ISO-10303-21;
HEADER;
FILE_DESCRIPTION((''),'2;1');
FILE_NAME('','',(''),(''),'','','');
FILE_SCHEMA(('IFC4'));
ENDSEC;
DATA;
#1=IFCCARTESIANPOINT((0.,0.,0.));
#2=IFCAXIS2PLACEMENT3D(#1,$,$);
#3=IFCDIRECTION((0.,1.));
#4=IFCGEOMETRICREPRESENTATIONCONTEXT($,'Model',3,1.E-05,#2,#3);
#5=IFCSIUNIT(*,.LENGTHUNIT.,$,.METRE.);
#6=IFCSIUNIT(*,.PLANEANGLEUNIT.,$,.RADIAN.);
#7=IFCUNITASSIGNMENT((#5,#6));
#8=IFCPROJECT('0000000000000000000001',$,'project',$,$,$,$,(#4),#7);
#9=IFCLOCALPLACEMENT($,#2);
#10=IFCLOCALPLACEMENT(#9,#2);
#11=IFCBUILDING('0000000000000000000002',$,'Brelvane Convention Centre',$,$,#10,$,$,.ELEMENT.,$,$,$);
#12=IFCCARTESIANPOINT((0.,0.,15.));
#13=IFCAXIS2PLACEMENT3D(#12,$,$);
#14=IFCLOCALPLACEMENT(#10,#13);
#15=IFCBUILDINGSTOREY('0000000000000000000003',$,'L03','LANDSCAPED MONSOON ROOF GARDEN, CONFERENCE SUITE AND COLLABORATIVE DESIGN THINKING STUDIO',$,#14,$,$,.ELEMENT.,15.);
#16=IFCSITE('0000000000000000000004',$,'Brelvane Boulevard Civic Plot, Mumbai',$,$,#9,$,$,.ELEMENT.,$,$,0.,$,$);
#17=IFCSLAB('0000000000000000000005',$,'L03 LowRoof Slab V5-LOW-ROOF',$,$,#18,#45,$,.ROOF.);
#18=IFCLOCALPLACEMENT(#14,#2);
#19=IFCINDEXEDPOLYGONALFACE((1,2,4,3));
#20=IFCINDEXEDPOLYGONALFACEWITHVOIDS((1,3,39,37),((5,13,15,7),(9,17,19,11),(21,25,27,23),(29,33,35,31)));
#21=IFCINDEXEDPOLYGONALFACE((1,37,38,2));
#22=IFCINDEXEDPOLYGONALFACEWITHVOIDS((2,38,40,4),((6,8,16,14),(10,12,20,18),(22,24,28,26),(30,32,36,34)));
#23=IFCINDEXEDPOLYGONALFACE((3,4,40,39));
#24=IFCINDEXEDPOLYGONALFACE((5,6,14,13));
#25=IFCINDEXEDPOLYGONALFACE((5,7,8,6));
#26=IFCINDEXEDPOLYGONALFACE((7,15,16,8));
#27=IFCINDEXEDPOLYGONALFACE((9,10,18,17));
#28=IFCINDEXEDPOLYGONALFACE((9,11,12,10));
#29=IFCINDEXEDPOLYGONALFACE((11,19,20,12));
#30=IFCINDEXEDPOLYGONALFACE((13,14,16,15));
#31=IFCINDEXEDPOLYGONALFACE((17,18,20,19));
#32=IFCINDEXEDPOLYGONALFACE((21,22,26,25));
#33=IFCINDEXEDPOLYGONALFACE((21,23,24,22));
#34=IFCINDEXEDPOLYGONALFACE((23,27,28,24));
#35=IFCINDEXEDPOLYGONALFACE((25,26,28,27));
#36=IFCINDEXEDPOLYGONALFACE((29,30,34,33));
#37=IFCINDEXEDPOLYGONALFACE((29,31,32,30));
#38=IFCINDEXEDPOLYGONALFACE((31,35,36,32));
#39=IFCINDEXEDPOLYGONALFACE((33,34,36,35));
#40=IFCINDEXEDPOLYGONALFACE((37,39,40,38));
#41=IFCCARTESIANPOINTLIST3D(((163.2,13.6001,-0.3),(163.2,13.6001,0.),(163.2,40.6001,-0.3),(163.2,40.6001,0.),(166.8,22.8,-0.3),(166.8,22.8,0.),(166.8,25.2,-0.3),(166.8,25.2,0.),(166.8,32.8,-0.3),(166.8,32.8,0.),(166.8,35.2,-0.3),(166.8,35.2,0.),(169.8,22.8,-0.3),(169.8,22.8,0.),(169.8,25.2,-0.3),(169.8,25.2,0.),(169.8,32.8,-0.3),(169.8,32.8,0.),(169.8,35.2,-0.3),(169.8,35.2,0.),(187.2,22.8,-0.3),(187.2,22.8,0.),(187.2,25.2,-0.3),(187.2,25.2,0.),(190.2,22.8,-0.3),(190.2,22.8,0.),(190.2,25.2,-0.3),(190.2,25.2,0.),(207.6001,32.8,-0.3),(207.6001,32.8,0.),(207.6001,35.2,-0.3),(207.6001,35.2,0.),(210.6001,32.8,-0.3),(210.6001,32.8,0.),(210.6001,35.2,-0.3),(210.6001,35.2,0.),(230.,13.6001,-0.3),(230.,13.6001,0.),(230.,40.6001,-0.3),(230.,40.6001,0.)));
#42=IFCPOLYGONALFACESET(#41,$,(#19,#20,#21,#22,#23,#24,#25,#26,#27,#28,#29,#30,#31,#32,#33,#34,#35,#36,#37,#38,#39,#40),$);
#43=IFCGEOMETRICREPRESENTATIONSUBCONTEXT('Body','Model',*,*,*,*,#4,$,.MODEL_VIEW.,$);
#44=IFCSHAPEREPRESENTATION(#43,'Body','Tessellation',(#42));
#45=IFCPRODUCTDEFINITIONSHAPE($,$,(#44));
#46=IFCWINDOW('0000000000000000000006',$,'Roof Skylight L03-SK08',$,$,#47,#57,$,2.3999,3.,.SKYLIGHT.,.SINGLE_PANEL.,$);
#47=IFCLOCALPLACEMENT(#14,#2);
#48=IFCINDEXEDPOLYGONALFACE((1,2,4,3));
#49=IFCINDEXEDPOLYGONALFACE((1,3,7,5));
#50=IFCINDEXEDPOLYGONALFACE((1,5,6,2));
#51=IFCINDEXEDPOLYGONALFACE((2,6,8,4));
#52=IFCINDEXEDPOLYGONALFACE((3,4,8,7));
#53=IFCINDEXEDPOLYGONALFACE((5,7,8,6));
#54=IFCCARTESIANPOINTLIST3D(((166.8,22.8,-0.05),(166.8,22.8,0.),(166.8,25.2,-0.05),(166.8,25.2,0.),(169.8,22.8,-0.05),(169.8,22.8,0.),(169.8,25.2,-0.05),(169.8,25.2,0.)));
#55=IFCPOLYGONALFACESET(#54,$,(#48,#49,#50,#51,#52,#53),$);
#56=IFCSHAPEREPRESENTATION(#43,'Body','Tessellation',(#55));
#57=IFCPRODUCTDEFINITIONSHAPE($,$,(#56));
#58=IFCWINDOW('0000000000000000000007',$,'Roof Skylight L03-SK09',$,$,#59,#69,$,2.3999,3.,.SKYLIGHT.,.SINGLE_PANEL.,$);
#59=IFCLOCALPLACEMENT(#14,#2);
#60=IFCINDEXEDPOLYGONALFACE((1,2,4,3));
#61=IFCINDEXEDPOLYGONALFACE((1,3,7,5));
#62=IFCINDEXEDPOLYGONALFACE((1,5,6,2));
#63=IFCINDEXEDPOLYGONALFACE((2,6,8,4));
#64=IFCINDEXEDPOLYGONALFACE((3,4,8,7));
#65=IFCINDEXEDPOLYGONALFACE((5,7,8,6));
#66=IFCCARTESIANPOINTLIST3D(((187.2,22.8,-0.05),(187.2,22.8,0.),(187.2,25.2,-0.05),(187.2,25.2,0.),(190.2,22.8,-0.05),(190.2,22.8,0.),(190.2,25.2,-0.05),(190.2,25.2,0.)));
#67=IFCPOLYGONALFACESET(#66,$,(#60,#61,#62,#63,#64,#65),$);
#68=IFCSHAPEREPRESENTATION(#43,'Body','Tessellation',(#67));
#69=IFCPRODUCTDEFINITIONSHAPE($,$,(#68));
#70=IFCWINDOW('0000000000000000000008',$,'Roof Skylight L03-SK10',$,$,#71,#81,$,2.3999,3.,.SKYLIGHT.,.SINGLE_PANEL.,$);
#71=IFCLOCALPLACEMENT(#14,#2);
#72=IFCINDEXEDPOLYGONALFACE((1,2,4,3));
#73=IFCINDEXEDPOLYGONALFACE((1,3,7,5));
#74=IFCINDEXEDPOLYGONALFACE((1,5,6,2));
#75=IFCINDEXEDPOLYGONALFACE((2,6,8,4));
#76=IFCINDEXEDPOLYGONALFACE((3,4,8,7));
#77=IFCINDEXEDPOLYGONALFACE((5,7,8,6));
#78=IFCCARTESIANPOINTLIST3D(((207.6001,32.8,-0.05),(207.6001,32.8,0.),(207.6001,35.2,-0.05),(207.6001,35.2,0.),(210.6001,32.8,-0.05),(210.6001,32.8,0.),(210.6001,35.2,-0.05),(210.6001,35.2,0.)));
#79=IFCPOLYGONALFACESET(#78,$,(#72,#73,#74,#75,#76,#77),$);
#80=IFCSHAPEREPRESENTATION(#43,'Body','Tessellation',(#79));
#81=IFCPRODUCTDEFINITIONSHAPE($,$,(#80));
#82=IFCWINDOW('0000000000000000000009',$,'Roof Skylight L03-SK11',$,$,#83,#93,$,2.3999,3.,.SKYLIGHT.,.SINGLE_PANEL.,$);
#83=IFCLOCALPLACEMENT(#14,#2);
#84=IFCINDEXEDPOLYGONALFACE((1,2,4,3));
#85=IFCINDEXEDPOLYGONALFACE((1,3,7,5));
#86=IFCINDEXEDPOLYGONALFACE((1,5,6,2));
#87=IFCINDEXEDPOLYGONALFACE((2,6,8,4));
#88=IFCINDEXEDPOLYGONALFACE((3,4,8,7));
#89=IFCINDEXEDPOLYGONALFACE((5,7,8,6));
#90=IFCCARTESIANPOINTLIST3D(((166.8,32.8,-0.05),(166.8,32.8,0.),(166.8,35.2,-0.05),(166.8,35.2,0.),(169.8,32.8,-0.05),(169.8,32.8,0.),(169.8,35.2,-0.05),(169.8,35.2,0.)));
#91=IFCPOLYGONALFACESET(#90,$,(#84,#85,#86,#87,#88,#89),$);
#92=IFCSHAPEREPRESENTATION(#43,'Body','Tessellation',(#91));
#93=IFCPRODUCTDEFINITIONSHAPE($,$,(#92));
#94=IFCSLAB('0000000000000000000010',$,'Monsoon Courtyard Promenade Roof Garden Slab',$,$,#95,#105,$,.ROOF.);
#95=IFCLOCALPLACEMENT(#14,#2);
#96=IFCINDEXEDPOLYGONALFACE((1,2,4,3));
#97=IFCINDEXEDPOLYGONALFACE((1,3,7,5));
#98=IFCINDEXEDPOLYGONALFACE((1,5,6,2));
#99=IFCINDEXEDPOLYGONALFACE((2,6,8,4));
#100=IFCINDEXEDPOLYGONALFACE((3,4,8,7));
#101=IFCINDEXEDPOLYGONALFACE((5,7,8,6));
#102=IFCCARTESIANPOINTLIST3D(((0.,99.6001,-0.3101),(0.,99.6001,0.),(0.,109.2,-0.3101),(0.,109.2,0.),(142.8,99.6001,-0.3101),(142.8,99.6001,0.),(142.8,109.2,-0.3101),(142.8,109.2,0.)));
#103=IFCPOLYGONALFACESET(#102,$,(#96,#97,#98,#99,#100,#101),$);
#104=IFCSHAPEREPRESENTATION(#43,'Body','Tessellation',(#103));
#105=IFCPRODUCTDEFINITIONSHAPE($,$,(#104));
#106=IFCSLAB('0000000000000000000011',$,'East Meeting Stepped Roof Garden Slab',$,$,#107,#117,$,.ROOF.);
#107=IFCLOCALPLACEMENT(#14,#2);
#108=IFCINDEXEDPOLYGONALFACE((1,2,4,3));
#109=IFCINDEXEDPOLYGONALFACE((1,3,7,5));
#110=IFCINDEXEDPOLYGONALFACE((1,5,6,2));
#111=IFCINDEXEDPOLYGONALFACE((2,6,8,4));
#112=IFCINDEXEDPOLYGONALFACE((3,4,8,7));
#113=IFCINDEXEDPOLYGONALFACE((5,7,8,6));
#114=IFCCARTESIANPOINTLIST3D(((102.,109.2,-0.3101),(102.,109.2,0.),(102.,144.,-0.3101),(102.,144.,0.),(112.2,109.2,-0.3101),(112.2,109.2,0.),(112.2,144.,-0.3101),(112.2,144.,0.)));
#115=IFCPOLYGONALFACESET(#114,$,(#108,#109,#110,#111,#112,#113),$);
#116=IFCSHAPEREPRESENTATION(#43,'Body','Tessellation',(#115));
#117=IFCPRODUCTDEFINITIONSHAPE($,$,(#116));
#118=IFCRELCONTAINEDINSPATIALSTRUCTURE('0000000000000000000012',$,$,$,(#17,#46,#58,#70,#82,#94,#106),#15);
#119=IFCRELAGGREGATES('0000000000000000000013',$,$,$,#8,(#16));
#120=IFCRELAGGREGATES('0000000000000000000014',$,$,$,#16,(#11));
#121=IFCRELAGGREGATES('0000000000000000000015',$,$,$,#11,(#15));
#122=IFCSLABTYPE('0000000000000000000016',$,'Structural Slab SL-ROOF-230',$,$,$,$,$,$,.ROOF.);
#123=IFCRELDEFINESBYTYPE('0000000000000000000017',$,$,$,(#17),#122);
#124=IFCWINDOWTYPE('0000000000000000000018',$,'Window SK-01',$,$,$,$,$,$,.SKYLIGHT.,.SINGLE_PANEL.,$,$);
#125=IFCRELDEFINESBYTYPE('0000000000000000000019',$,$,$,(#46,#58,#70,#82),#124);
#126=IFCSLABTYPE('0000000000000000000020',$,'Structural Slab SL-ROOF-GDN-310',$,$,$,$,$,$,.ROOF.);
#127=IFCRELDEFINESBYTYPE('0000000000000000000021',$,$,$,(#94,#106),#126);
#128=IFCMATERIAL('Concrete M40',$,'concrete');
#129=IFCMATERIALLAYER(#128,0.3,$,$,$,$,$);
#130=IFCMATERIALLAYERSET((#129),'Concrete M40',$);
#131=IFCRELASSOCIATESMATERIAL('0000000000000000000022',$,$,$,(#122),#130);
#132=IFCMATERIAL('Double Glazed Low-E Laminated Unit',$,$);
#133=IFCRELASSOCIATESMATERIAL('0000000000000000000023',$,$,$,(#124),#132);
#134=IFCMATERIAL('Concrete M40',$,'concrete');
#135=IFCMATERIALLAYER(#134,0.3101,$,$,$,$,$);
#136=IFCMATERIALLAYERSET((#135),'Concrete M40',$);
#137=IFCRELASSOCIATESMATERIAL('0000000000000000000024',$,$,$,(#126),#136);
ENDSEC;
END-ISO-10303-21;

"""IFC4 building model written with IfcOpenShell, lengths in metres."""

from ifc_helpers import new_model, si_unit, direction, frame, origin, origin_2d, place, context, subcontext, project, spatial, polyline, rectangle, outline, extrude, material, layer, layer_set, type_object, element, fill, save


model = new_model("IFC4")

# Units and contexts
model_context = context("Model", 3, precision=1e-05, world=origin(), true_north=direction((0.0, 1.0)))
body_context = subcontext(model_context, "Body", "Model", "MODEL_VIEW")
ifc_project = project(units=[si_unit("LENGTHUNIT", "METRE"), si_unit("PLANEANGLEUNIT", "RADIAN")], contexts=[model_context])

# Site, building, storey
site_placement = place(None, origin())
site = spatial("IfcSite", under=ifc_project, at=site_placement, Name="Brelvane Boulevard Civic Plot, Mumbai", CompositionType="ELEMENT", RefElevation=0.0)
building_placement = place(site_placement, origin())
building = spatial("IfcBuilding", under=site, at=building_placement, Name="Brelvane Convention Centre", CompositionType="ELEMENT")
storey_placement = place(building_placement, frame((0.0, 0.0, 15.0)))
storey = spatial("IfcBuildingStorey", under=building, at=storey_placement, Name="L03", Description="LANDSCAPED MONSOON ROOF GARDEN, CONFERENCE SUITE AND COLLABORATIVE DESIGN THINKING STUDIO", CompositionType="ELEMENT", Elevation=15.0)

# Slab, openings, windows
ifc_material_1 = material(Name="Concrete M40", Category="concrete")
ifc_layer_1 = layer(ifc_material_1, 0.3)
ifc_layer_set_1 = layer_set([ifc_layer_1], Name="Concrete M40")
slab_type_1 = type_object("IfcSlabType", Name="Structural Slab SL-ROOF-230", PredefinedType="ROOF", material=ifc_layer_set_1)
slab_1_placement = place(storey_placement, frame((0.0, 0.0, -0.3)))
slab_1 = element("IfcSlab", 1, at=slab_1_placement, inside=storey, type_object=slab_type_1, Name="L03 LowRoof Slab V5-LOW-ROOF", PredefinedType="ROOF", context=body_context, shape_type="SweptSolid", body=[
    extrude(outline(polyline([(163.2, 13.6001), (230.0, 13.6001), (230.0, 40.6001), (163.2, 40.6001), (163.2, 13.6001)])), origin(), (0.0, 0.0, 1.0), 0.3),
])
opening_1_placement = place(slab_1_placement, frame((168.3, 24.0, 0.0)))
opening_1 = element("IfcOpeningElement", 2, at=opening_1_placement, cuts=slab_1, PredefinedType="OPENING", context=body_context, shape_type="SweptSolid", body=[
    extrude(rectangle(XDim=3.0, YDim=2.3999, at=origin_2d()), origin(), (0.0, 0.0, 1.0), 0.3),
])
opening_2_placement = place(slab_1_placement, frame((188.7, 24.0, 0.0)))
opening_2 = element("IfcOpeningElement", 3, at=opening_2_placement, cuts=slab_1, PredefinedType="OPENING", context=body_context, shape_type="SweptSolid", body=[
    extrude(rectangle(XDim=3.0, YDim=2.3999, at=origin_2d()), origin(), (0.0, 0.0, 1.0), 0.3),
])
opening_3_placement = place(slab_1_placement, frame((209.1001, 34.0, 0.0)))
opening_3 = element("IfcOpeningElement", 4, at=opening_3_placement, cuts=slab_1, PredefinedType="OPENING", context=body_context, shape_type="SweptSolid", body=[
    extrude(rectangle(XDim=3.0, YDim=2.3999, at=origin_2d()), origin(), (0.0, 0.0, 1.0), 0.3),
])
opening_4_placement = place(slab_1_placement, frame((168.3, 34.0, 0.0)))
opening_4 = element("IfcOpeningElement", 5, at=opening_4_placement, cuts=slab_1, PredefinedType="OPENING", context=body_context, shape_type="SweptSolid", body=[
    extrude(rectangle(XDim=3.0, YDim=2.3999, at=origin_2d()), origin(), (0.0, 0.0, 1.0), 0.3),
])
ifc_material_2 = material(Name="Double Glazed Low-E Laminated Unit")
window_type_1 = type_object("IfcWindowType", Name="Window SK-01", PartitioningType="SINGLE_PANEL", PredefinedType="SKYLIGHT", material=ifc_material_2)
window_1_placement = place(opening_1_placement, frame((0.0, 0.0, 0.25)))
window_1 = element("IfcWindow", 6, at=window_1_placement, inside=storey, type_object=window_type_1, Name="Roof Skylight L03-SK08", OverallHeight=2.3999, OverallWidth=3.0, PartitioningType="SINGLE_PANEL", PredefinedType="SKYLIGHT", context=body_context, shape_type="SweptSolid", body=[
    extrude(rectangle(XDim=3.0, YDim=2.3999, at=origin_2d()), origin(), (0.0, 0.0, 1.0), 0.05),
])
fill(opening_1, window_1)
window_2_placement = place(opening_2_placement, frame((0.0, 0.0, 0.25)))
window_2 = element("IfcWindow", 7, at=window_2_placement, inside=storey, type_object=window_type_1, Name="Roof Skylight L03-SK09", OverallHeight=2.3999, OverallWidth=3.0, PartitioningType="SINGLE_PANEL", PredefinedType="SKYLIGHT", context=body_context, shape_type="SweptSolid", body=[
    extrude(rectangle(XDim=3.0, YDim=2.3999, at=origin_2d()), origin(), (0.0, 0.0, 1.0), 0.05),
])
fill(opening_2, window_2)
window_3_placement = place(opening_3_placement, frame((0.0, 0.0, 0.25)))
window_3 = element("IfcWindow", 8, at=window_3_placement, inside=storey, type_object=window_type_1, Name="Roof Skylight L03-SK10", OverallHeight=2.3999, OverallWidth=3.0, PartitioningType="SINGLE_PANEL", PredefinedType="SKYLIGHT", context=body_context, shape_type="SweptSolid", body=[
    extrude(rectangle(XDim=3.0, YDim=2.3999, at=origin_2d()), origin(), (0.0, 0.0, 1.0), 0.05),
])
fill(opening_3, window_3)
window_4_placement = place(opening_4_placement, frame((0.0, 0.0, 0.25)))
window_4 = element("IfcWindow", 9, at=window_4_placement, inside=storey, type_object=window_type_1, Name="Roof Skylight L03-SK11", OverallHeight=2.3999, OverallWidth=3.0, PartitioningType="SINGLE_PANEL", PredefinedType="SKYLIGHT", context=body_context, shape_type="SweptSolid", body=[
    extrude(rectangle(XDim=3.0, YDim=2.3999, at=origin_2d()), origin(), (0.0, 0.0, 1.0), 0.05),
])
fill(opening_4, window_4)

# Slabs
ifc_material_3 = material(Name="Concrete M40", Category="concrete")
ifc_layer_2 = layer(ifc_material_3, 0.3101)
ifc_layer_set_2 = layer_set([ifc_layer_2], Name="Concrete M40")
slab_type_2 = type_object("IfcSlabType", Name="Structural Slab SL-ROOF-GDN-310", PredefinedType="ROOF", material=ifc_layer_set_2)
slab_2_placement = place(storey_placement, frame((0.0, 0.0, -0.3101)))
element("IfcSlab", 10, at=slab_2_placement, inside=storey, type_object=slab_type_2, Name="Monsoon Courtyard Promenade Roof Garden Slab", PredefinedType="ROOF", context=body_context, shape_type="SweptSolid", body=[
    extrude(outline(polyline([(0.0, 99.6001), (142.8, 99.6001), (142.8, 109.2), (0.0, 109.2), (0.0, 99.6001)])), origin(), (0.0, 0.0, 1.0), 0.3101),
])
slab_3_placement = place(storey_placement, frame((0.0, 0.0, -0.3101)))
element("IfcSlab", 11, at=slab_3_placement, inside=storey, type_object=slab_type_2, Name="East Meeting Stepped Roof Garden Slab", PredefinedType="ROOF", context=body_context, shape_type="SweptSolid", body=[
    extrude(outline(polyline([(102.0, 109.2), (112.2, 109.2), (112.2, 144.0), (102.0, 144.0), (102.0, 109.2)])), origin(), (0.0, 0.0, 1.0), 0.3101),
])

save(model, "model.ifc")
